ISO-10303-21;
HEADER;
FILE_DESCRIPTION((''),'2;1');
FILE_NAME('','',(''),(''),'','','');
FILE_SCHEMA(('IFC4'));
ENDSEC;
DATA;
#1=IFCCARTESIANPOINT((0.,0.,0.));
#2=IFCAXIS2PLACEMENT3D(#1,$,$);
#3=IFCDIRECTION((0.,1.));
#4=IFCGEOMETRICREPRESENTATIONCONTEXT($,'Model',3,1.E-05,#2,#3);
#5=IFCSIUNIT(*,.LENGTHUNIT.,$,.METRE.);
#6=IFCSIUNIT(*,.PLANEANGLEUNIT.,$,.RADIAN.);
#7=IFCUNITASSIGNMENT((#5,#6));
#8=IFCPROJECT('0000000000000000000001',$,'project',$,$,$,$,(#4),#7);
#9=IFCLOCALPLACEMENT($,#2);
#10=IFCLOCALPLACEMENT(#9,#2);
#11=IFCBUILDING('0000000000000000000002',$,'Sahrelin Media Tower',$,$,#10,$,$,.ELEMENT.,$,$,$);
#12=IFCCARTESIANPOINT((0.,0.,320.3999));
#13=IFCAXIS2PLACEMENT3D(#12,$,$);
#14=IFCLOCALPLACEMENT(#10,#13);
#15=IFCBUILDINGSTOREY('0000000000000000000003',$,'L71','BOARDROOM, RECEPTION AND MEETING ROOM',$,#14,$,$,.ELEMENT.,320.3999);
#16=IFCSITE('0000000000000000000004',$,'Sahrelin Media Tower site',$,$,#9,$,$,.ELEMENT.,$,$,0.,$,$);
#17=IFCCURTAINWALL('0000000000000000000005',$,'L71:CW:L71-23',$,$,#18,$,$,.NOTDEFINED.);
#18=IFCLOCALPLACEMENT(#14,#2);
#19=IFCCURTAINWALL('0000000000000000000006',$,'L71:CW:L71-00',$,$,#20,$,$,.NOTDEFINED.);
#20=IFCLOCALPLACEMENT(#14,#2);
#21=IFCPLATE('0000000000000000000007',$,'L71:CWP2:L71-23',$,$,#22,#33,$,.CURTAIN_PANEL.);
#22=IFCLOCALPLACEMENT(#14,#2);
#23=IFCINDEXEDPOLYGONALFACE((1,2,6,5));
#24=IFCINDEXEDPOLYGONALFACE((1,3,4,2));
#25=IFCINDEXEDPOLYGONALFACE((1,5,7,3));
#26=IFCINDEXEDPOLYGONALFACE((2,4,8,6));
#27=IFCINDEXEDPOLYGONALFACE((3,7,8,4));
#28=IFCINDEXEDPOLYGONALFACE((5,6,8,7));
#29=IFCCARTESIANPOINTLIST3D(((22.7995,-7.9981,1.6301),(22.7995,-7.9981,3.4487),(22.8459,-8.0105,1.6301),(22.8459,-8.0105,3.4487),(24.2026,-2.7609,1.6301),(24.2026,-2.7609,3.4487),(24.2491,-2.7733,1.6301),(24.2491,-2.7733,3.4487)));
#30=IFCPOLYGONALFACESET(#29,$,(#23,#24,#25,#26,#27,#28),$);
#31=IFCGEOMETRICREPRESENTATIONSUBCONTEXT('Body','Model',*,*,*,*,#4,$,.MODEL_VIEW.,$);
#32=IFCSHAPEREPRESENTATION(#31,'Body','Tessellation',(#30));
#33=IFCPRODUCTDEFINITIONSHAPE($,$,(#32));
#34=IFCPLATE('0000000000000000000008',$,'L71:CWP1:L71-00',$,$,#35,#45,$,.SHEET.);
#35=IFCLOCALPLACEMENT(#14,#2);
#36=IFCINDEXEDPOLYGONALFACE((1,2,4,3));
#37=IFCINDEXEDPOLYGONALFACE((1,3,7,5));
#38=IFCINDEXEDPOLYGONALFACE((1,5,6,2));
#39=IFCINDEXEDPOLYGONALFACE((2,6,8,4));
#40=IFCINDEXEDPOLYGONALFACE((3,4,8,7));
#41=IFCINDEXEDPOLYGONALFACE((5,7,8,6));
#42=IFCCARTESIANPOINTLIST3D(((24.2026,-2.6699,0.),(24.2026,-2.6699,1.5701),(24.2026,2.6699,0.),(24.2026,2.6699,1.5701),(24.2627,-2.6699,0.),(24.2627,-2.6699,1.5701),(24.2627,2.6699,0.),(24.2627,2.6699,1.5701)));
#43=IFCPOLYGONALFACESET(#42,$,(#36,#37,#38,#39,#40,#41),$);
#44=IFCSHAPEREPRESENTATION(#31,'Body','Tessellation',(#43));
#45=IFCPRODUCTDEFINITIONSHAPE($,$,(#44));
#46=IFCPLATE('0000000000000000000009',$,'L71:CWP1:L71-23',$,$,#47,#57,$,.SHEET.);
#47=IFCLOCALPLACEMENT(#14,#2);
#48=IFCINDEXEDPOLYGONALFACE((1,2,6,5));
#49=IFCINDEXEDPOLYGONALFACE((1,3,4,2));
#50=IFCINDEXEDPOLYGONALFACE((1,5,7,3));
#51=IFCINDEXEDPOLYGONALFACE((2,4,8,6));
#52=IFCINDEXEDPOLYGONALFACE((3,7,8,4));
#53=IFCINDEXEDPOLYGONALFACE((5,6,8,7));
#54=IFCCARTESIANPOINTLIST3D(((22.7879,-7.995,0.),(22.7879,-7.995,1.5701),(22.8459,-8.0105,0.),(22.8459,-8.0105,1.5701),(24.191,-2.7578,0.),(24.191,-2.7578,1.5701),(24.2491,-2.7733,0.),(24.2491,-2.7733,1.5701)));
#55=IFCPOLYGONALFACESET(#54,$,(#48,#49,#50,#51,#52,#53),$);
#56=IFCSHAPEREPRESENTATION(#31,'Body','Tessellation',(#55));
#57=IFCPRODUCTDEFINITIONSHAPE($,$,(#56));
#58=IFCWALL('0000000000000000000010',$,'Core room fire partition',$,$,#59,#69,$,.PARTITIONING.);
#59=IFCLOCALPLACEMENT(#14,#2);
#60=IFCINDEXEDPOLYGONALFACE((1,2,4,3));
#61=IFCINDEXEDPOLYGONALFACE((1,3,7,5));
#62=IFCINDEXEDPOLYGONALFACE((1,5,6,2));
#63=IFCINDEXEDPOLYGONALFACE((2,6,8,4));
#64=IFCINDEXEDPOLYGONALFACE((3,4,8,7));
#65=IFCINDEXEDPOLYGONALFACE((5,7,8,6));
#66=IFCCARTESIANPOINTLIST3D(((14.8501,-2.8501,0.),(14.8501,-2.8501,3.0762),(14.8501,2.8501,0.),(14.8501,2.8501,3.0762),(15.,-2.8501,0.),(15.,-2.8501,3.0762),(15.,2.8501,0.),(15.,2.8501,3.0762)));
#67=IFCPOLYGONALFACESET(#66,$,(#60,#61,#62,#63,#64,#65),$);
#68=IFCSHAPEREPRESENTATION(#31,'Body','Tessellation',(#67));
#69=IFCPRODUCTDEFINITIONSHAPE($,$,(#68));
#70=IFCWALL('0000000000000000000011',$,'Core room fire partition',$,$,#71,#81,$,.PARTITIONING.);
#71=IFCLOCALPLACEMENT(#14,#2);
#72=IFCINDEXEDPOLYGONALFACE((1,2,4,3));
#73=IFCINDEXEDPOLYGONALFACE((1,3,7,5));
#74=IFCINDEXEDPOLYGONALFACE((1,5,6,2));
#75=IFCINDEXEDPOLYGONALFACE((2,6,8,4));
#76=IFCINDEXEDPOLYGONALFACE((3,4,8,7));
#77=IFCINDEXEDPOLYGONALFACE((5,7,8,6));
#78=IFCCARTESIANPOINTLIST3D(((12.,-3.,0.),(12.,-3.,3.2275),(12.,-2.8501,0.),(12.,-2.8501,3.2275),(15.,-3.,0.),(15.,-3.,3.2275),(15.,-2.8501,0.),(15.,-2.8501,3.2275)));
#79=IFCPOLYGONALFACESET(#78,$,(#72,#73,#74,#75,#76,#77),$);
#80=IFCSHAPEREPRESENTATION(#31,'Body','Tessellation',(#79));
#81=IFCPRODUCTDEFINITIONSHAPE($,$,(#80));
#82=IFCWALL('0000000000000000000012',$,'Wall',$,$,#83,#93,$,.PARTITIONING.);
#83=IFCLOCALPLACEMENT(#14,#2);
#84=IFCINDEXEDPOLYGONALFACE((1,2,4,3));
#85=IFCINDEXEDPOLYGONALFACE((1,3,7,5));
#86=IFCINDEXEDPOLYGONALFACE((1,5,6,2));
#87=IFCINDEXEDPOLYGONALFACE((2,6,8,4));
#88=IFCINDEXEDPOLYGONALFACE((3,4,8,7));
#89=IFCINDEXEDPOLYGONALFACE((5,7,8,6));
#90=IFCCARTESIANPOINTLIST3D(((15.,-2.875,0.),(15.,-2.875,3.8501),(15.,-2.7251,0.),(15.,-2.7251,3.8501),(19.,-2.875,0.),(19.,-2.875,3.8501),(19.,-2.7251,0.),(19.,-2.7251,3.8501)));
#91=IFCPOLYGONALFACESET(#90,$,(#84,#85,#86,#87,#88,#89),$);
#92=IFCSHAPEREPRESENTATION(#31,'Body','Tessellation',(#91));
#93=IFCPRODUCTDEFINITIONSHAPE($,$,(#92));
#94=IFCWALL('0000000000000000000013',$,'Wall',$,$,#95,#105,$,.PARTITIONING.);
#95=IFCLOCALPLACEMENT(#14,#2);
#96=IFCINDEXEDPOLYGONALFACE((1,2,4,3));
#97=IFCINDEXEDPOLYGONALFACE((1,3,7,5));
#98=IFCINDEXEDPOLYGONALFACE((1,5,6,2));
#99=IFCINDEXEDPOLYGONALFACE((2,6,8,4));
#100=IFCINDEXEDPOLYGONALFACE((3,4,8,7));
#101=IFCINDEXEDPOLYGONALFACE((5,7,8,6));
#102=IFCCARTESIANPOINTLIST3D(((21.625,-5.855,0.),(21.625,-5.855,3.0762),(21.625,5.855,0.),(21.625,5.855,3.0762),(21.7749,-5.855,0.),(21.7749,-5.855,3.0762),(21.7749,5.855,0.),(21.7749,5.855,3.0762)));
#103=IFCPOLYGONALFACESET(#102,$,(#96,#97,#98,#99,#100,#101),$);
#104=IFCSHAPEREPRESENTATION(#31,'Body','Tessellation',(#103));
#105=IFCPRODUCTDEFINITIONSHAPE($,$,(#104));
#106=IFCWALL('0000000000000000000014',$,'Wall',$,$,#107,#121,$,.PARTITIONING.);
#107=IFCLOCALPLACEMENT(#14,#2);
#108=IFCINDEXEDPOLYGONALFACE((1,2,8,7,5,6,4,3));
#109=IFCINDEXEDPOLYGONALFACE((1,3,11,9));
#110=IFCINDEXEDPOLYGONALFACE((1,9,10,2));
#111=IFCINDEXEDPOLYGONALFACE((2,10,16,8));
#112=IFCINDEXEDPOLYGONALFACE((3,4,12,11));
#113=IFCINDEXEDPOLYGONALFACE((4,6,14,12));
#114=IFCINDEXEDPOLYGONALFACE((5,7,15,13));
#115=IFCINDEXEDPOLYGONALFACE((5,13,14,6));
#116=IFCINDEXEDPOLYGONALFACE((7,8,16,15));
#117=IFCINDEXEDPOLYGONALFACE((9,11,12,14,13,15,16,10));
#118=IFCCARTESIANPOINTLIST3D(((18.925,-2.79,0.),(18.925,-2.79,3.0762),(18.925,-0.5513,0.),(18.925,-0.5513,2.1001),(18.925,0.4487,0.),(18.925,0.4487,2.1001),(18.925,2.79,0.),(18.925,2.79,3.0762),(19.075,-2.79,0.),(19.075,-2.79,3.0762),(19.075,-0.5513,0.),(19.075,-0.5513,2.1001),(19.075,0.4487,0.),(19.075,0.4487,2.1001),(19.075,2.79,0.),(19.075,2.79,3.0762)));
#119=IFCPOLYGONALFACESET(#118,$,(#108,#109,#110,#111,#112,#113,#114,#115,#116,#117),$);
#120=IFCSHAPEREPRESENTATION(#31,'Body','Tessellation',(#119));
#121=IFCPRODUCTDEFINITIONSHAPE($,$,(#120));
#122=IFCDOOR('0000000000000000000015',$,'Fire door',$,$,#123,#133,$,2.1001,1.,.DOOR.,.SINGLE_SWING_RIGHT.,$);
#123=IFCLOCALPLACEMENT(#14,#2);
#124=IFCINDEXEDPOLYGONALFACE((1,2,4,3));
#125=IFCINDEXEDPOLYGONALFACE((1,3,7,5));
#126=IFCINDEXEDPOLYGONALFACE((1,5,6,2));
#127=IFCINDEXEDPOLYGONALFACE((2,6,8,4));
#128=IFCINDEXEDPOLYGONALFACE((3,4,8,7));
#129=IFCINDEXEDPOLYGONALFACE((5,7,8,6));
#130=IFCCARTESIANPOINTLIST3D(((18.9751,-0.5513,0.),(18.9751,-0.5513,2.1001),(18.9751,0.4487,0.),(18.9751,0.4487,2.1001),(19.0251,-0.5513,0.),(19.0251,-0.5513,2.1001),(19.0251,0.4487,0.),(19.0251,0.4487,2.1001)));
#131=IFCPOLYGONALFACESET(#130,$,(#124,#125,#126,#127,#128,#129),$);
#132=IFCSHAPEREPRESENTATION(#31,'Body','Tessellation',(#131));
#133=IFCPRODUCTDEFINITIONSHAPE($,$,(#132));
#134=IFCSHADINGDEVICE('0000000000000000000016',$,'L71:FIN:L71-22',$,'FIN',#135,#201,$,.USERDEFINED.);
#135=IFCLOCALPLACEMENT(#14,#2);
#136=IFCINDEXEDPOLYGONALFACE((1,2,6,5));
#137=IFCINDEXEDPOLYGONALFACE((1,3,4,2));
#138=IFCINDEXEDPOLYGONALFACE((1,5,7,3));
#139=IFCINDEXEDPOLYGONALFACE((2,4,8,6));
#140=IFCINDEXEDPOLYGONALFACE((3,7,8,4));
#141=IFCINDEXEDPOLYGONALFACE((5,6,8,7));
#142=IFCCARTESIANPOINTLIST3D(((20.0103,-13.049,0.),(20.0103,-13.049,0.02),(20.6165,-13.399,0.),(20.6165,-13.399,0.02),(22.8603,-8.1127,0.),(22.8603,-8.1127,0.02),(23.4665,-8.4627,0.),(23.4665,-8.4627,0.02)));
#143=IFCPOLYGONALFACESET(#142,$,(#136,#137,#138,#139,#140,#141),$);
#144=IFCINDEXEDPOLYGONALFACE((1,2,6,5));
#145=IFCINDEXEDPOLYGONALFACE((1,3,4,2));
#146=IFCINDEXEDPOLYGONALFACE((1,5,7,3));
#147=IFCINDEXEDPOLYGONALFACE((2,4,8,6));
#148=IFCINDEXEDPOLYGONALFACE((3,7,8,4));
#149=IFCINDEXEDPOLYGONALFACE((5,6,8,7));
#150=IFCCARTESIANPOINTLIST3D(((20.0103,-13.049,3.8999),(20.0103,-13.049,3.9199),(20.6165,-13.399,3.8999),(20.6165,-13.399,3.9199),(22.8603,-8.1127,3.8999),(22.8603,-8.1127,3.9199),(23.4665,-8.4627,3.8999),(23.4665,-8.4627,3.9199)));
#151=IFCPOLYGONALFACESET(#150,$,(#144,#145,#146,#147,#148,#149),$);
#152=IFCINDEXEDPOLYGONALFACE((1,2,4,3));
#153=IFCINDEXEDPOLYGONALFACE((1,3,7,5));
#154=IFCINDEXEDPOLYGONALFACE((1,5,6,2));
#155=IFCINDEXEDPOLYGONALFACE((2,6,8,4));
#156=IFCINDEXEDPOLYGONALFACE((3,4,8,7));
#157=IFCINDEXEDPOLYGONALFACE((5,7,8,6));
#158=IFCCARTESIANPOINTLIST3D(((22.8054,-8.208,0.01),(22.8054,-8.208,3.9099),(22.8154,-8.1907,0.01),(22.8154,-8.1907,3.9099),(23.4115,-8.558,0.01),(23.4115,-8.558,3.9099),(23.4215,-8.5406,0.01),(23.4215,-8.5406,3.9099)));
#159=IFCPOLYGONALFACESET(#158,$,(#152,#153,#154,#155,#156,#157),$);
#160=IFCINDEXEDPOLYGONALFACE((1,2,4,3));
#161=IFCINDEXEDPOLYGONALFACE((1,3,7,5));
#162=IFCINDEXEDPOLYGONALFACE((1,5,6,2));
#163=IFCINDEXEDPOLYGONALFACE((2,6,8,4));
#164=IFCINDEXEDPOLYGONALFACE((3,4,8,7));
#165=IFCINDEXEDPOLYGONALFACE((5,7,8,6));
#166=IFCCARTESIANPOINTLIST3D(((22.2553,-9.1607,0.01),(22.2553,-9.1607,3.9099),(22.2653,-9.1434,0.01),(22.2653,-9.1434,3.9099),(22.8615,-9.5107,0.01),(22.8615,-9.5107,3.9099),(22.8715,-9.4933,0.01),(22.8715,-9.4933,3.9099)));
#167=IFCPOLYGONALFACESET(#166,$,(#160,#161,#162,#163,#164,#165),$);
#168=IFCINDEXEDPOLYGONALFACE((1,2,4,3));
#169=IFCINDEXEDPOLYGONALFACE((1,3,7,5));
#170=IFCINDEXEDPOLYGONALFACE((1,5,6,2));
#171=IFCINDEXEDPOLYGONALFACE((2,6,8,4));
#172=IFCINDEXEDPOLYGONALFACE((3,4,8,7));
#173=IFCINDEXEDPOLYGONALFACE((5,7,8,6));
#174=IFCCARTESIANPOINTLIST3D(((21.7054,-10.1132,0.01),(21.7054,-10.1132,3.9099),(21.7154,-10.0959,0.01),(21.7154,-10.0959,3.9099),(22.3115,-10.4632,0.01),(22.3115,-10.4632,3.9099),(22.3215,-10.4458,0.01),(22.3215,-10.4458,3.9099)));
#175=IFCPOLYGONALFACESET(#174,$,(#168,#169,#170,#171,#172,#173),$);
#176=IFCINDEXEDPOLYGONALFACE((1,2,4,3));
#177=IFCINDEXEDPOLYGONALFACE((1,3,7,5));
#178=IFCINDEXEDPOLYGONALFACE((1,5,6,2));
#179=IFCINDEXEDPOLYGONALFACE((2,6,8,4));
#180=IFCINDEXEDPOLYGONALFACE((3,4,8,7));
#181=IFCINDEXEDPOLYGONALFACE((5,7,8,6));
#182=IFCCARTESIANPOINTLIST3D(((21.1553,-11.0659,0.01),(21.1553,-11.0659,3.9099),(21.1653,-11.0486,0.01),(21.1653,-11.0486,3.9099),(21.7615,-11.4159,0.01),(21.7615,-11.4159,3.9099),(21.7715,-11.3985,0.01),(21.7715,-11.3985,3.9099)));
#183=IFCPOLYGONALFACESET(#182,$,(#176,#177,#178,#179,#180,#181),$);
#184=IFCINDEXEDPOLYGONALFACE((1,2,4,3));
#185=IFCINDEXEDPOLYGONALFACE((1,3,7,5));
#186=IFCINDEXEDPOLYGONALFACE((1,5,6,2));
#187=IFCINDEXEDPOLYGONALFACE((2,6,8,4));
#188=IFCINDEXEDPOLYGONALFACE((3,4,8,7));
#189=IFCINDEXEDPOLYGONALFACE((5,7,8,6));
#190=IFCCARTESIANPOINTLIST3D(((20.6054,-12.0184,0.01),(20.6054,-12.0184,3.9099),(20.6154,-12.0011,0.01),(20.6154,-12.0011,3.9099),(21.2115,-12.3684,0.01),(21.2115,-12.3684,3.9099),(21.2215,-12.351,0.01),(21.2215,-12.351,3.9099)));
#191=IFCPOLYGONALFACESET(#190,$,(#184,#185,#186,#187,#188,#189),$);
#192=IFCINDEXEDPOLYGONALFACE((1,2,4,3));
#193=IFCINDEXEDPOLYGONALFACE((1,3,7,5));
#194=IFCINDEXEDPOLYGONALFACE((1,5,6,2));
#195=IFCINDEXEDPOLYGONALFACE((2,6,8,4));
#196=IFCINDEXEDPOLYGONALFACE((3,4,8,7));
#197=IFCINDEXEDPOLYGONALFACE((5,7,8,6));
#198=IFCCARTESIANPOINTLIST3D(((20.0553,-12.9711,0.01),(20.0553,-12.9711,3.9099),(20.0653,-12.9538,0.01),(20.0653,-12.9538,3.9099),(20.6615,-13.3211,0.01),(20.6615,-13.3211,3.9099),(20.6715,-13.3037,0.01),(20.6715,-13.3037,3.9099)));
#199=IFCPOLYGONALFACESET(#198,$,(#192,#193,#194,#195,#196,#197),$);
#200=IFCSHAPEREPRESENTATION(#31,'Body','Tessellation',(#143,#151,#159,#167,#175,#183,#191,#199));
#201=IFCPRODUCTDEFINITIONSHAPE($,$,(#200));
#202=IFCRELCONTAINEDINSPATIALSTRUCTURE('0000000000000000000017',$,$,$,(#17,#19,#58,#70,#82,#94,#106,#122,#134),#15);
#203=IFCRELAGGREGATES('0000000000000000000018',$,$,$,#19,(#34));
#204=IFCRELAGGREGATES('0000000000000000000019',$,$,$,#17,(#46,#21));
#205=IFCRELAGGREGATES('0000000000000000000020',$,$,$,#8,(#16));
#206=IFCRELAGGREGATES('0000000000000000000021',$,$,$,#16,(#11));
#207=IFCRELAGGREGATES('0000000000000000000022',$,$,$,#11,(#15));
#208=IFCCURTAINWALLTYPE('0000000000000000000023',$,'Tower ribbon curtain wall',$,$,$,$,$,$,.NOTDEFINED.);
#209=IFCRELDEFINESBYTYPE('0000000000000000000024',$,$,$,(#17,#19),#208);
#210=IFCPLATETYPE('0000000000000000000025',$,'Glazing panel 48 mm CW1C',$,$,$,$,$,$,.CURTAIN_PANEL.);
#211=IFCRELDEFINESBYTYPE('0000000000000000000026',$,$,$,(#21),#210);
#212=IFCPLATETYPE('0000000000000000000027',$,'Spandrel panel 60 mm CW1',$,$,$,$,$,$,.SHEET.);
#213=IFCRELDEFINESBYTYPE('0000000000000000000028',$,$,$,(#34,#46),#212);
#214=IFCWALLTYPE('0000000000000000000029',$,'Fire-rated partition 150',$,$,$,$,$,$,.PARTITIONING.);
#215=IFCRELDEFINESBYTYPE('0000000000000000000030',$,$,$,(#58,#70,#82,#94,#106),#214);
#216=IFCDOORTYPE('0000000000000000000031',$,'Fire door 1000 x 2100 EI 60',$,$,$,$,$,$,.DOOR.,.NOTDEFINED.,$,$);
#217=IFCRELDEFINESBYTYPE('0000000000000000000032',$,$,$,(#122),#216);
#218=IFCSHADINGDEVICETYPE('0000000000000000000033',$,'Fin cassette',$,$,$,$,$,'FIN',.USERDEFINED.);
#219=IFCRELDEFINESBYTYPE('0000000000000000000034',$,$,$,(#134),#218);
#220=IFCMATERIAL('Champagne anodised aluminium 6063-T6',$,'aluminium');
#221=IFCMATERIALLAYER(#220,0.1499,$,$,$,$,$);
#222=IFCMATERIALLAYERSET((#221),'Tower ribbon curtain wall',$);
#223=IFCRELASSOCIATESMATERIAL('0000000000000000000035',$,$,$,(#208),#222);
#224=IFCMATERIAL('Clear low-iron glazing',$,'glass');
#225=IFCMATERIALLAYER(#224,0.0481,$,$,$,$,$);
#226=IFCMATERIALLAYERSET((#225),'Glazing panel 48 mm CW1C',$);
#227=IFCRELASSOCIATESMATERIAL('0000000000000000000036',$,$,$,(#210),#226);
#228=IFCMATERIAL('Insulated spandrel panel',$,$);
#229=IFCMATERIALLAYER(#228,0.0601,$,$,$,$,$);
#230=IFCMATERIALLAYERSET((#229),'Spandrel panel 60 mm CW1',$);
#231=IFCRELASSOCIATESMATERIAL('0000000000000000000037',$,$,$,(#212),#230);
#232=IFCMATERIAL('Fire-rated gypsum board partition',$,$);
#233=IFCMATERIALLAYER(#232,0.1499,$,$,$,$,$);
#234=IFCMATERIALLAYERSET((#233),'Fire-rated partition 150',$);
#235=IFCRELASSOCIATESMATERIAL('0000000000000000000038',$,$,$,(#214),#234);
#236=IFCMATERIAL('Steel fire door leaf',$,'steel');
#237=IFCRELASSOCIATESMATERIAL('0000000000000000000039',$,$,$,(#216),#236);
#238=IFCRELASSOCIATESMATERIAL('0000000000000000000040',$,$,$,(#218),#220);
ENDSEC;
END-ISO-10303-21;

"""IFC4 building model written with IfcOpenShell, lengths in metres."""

from ifc_helpers import new_model, si_unit, direction, frame, frame_2d, origin, origin_2d, place, context, subcontext, project, spatial, polyline, rectangle, outline, extrude, material, layer, layer_set, type_object, element, fill, aggregate, save


model = new_model("IFC4")

# Units and contexts
model_context = context("Model", 3, precision=1e-05, world=origin(), true_north=direction((0.0, 1.0)))
body_context = subcontext(model_context, "Body", "Model", "MODEL_VIEW")
ifc_project = project(units=[si_unit("LENGTHUNIT", "METRE"), si_unit("PLANEANGLEUNIT", "RADIAN")], contexts=[model_context])

# Site, building, storey
site_placement = place(None, origin())
site = spatial("IfcSite", under=ifc_project, at=site_placement, Name="Sahrelin Media Tower site", CompositionType="ELEMENT", RefElevation=0.0)
building_placement = place(site_placement, origin())
building = spatial("IfcBuilding", under=site, at=building_placement, Name="Sahrelin Media Tower", CompositionType="ELEMENT")
storey_placement = place(building_placement, frame((0.0, 0.0, 320.3999)))
storey = spatial("IfcBuildingStorey", under=building, at=storey_placement, Name="L71", Description="BOARDROOM, RECEPTION AND MEETING ROOM", CompositionType="ELEMENT", Elevation=320.3999)

# Curtain wall
ifc_material_1 = material(Name="Champagne anodised aluminium 6063-T6", Category="aluminium")
ifc_layer_1 = layer(ifc_material_1, 0.1499)
ifc_layer_set_1 = layer_set([ifc_layer_1], Name="Tower ribbon curtain wall")
curtain_wall_type = type_object("IfcCurtainWallType", Name="Tower ribbon curtain wall", PredefinedType="NOTDEFINED", material=ifc_layer_set_1)
curtain_wall_1_placement = place(storey_placement, frame((23.5283, -5.3867, 0.0), z_axis=(0.0, 0.0, 1.0), x_axis=(1.0, 0.0, 0.0)))
curtain_wall_1 = element("IfcCurtainWall", 1, at=curtain_wall_1_placement, inside=storey, type_object=curtain_wall_type, Name="L71:CW:L71-23", PredefinedType="NOTDEFINED")

# Curtain wall
curtain_wall_2_placement = place(storey_placement, frame((24.2427, 0.0, 0.0), z_axis=(0.0, 0.0, 1.0), x_axis=(1.0, 0.0, 0.0)))
curtain_wall_2 = element("IfcCurtainWall", 2, at=curtain_wall_2_placement, inside=storey, type_object=curtain_wall_type, Name="L71:CW:L71-00", PredefinedType="NOTDEFINED")

# Plates
ifc_material_2 = material(Name="Clear low-iron glazing", Category="glass")
ifc_layer_2 = layer(ifc_material_2, 0.0481)
ifc_layer_set_2 = layer_set([ifc_layer_2], Name="Glazing panel 48 mm CW1C")
plate_type_1 = type_object("IfcPlateType", Name="Glazing panel 48 mm CW1C", PredefinedType="CURTAIN_PANEL", material=ifc_layer_set_2)
plate_1_placement = place(storey_placement, frame((22.8459, -8.0105, 1.6301), z_axis=(0.965935, -0.258786, 0.0), x_axis=(0.258786, 0.965935, 0.0)))
plate_1 = element("IfcPlate", 3, at=plate_1_placement, type_object=plate_type_1, Name="L71:CWP2:L71-23", PredefinedType="CURTAIN_PANEL", context=body_context, shape_type="SweptSolid", body=[
    extrude(outline(polyline([(0.0, 0.0), (5.4219, 0.0), (5.4219, 1.8186), (0.0, 1.8186), (0.0, 0.0)])), origin(), (0.0, 0.0, -1.0), 0.0481),
])
ifc_material_3 = material(Name="Insulated spandrel panel")
ifc_layer_3 = layer(ifc_material_3, 0.0601)
ifc_layer_set_3 = layer_set([ifc_layer_3], Name="Spandrel panel 60 mm CW1")
plate_type_2 = type_object("IfcPlateType", Name="Spandrel panel 60 mm CW1", PredefinedType="SHEET", material=ifc_layer_set_3)
plate_2_placement = place(storey_placement, frame((24.2627, -2.6699, 0.0), z_axis=(1.0, 0.0, 0.0), x_axis=(0.0, 1.0, 0.0)))
plate_2 = element("IfcPlate", 4, at=plate_2_placement, type_object=plate_type_2, Name="L71:CWP1:L71-00", PredefinedType="SHEET", context=body_context, shape_type="SweptSolid", body=[
    extrude(outline(polyline([(0.0, 0.0), (5.3398, 0.0), (5.3398, 1.5701), (0.0, 1.5701), (0.0, 0.0)])), origin(), (0.0, 0.0, -1.0), 0.0601),
])
aggregate(curtain_wall_2, [plate_2])
plate_3_placement = place(storey_placement, frame((22.8459, -8.0105, 0.0), z_axis=(0.965935, -0.258786, 0.0), x_axis=(0.258786, 0.965935, 0.0)))
plate_3 = element("IfcPlate", 5, at=plate_3_placement, type_object=plate_type_2, Name="L71:CWP1:L71-23", PredefinedType="SHEET", context=body_context, shape_type="SweptSolid", body=[
    extrude(outline(polyline([(0.0, 0.0), (5.4219, 0.0), (5.4219, 1.5701), (0.0, 1.5701), (0.0, 0.0)])), origin(), (0.0, 0.0, -1.0), 0.0601),
])
aggregate(curtain_wall_1, [plate_3, plate_1])

# Walls
ifc_material_4 = material(Name="Fire-rated gypsum board partition")
ifc_layer_4 = layer(ifc_material_4, 0.1499)
ifc_layer_set_4 = layer_set([ifc_layer_4], Name="Fire-rated partition 150")
wall_type = type_object("IfcWallType", Name="Fire-rated partition 150", PredefinedType="PARTITIONING", material=ifc_layer_set_4)
wall_1_placement = place(storey_placement, frame((14.925, -2.8501, 0.0), z_axis=(0.0, 0.0, 1.0), x_axis=(0.0, 1.0, 0.0)))
element("IfcWall", 6, at=wall_1_placement, inside=storey, type_object=wall_type, Name="Core room fire partition", PredefinedType="PARTITIONING", context=body_context, shape_type="SweptSolid", body=[
    extrude(rectangle(XDim=5.7002, YDim=0.1499, at=frame_2d((2.8501, 0.0))), origin(), (0.0, 0.0, 1.0), 3.0762),
])
wall_2_placement = place(storey_placement, frame((12.0, -2.925, 0.0), z_axis=(0.0, 0.0, 1.0), x_axis=(1.0, 0.0, 0.0)))
element("IfcWall", 7, at=wall_2_placement, inside=storey, type_object=wall_type, Name="Core room fire partition", PredefinedType="PARTITIONING", context=body_context, shape_type="SweptSolid", body=[
    extrude(rectangle(XDim=3.0, YDim=0.1499, at=frame_2d((1.5, 0.0))), origin(), (0.0, 0.0, 1.0), 3.2275),
])
wall_3_placement = place(storey_placement, frame((15.0, -2.8, 0.0), z_axis=(0.0, 0.0, 1.0), x_axis=(1.0, 0.0, 0.0)))
element("IfcWall", 8, at=wall_3_placement, inside=storey, type_object=wall_type, Name="Wall", PredefinedType="PARTITIONING", context=body_context, shape_type="SweptSolid", body=[
    extrude(rectangle(XDim=4.0, YDim=0.1499, at=frame_2d((2.0, 0.0))), origin(), (0.0, 0.0, 1.0), 3.8501),
])
wall_4_placement = place(storey_placement, frame((21.7, -5.855, 0.0), z_axis=(0.0, 0.0, 1.0), x_axis=(0.0, 1.0, 0.0)))
element("IfcWall", 9, at=wall_4_placement, inside=storey, type_object=wall_type, Name="Wall", PredefinedType="PARTITIONING", context=body_context, shape_type="SweptSolid", body=[
    extrude(rectangle(XDim=11.71, YDim=0.1499, at=frame_2d((5.855, 0.0))), origin(), (0.0, 0.0, 1.0), 3.0762),
])

# Wall, opening, door
wall_5_placement = place(storey_placement, frame((19.0, -2.79, 0.0), z_axis=(0.0, 0.0, 1.0), x_axis=(0.0, 1.0, 0.0)))
wall_5 = element("IfcWall", 10, at=wall_5_placement, inside=storey, type_object=wall_type, Name="Wall", PredefinedType="PARTITIONING", context=body_context, shape_type="SweptSolid", body=[
    extrude(rectangle(XDim=5.5801, YDim=0.1499, at=frame_2d((2.79, 0.0))), origin(), (0.0, 0.0, 1.0), 3.0762),
])
opening_placement = place(wall_5_placement, frame((2.2388, 0.0, 0.0)))
opening = element("IfcOpeningElement", 11, at=opening_placement, cuts=wall_5, PredefinedType="OPENING", context=body_context, shape_type="SweptSolid", body=[
    extrude(rectangle(XDim=1.0, YDim=2.1001, at=frame_2d((0.5, 1.05))), frame((0.0, 0.075, 0.0), z_axis=(0.0, -1.0, 0.0), x_axis=(1.0, 0.0, 0.0)), (0.0, 0.0, 1.0), 0.1499),
])
ifc_material_5 = material(Name="Steel fire door leaf", Category="steel")
door_type = type_object("IfcDoorType", Name="Fire door 1000 x 2100 EI 60", OperationType="NOTDEFINED", PredefinedType="DOOR", material=ifc_material_5)
door_placement = place(opening_placement, origin())
door = element("IfcDoor", 12, at=door_placement, inside=storey, type_object=door_type, Name="Fire door", OperationType="SINGLE_SWING_RIGHT", OverallHeight=2.1001, OverallWidth=1.0, PredefinedType="DOOR", context=body_context, shape_type="SweptSolid", body=[
    extrude(rectangle(XDim=1.0, YDim=2.1001, at=frame_2d((0.5, 1.05))), frame((0.0, 0.0249, 0.0), z_axis=(0.0, -1.0, 0.0), x_axis=(1.0, 0.0, 0.0)), (0.0, 0.0, 1.0), 0.05),
])
fill(opening, door)

# Shading device
shading_device_type_1 = type_object("IfcShadingDeviceType", Name="Fin cassette", ElementType="FIN", PredefinedType="USERDEFINED", material=ifc_material_1)
placement_1 = place(storey_placement, frame((21.3748, -10.5459, 0.0), z_axis=(0.0, 0.0, 1.0), x_axis=(-0.500011, -0.866019, 0.0)))
element("IfcShadingDevice", 13, at=placement_1, inside=storey, type_object=shading_device_type_1, Name="L71:FIN:L71-22", ObjectType="FIN", PredefinedType="USERDEFINED", context=body_context, shape_type="SweptSolid", body=[
    extrude(rectangle(XDim=5.7, YDim=0.7, at=origin_2d()), frame((0.0, 0.4199, 0.0)), (0.0, 0.0, 1.0), 0.02),
    extrude(rectangle(XDim=5.7, YDim=0.7, at=origin_2d()), frame((0.0, 0.4199, 3.8999)), (0.0, 0.0, 1.0), 0.02),
    extrude(rectangle(XDim=0.02, YDim=0.7, at=origin_2d()), frame((-2.75, 0.4199, 0.01), z_axis=(0.0, 0.0, 1.0), x_axis=(1.0, 0.0, 0.0)), (0.0, 0.0, 1.0), 3.8999),
    extrude(rectangle(XDim=0.02, YDim=0.7, at=origin_2d()), frame((-1.6499, 0.4199, 0.01), z_axis=(0.0, 0.0, 1.0), x_axis=(1.0, 0.0, 0.0)), (0.0, 0.0, 1.0), 3.8999),
    extrude(rectangle(XDim=0.02, YDim=0.7, at=origin_2d()), frame((-0.55, 0.4199, 0.01), z_axis=(0.0, 0.0, 1.0), x_axis=(1.0, 0.0, 0.0)), (0.0, 0.0, 1.0), 3.8999),
    extrude(rectangle(XDim=0.02, YDim=0.7, at=origin_2d()), frame((0.55, 0.4199, 0.01), z_axis=(0.0, 0.0, 1.0), x_axis=(1.0, 0.0, 0.0)), (0.0, 0.0, 1.0), 3.8999),
    extrude(rectangle(XDim=0.02, YDim=0.7, at=origin_2d()), frame((1.6499, 0.4199, 0.01), z_axis=(0.0, 0.0, 1.0), x_axis=(1.0, 0.0, 0.0)), (0.0, 0.0, 1.0), 3.8999),
    extrude(rectangle(XDim=0.02, YDim=0.7, at=origin_2d()), frame((2.75, 0.4199, 0.01), z_axis=(0.0, 0.0, 1.0), x_axis=(1.0, 0.0, 0.0)), (0.0, 0.0, 1.0), 3.8999),
])

save(model, "model.ifc")
